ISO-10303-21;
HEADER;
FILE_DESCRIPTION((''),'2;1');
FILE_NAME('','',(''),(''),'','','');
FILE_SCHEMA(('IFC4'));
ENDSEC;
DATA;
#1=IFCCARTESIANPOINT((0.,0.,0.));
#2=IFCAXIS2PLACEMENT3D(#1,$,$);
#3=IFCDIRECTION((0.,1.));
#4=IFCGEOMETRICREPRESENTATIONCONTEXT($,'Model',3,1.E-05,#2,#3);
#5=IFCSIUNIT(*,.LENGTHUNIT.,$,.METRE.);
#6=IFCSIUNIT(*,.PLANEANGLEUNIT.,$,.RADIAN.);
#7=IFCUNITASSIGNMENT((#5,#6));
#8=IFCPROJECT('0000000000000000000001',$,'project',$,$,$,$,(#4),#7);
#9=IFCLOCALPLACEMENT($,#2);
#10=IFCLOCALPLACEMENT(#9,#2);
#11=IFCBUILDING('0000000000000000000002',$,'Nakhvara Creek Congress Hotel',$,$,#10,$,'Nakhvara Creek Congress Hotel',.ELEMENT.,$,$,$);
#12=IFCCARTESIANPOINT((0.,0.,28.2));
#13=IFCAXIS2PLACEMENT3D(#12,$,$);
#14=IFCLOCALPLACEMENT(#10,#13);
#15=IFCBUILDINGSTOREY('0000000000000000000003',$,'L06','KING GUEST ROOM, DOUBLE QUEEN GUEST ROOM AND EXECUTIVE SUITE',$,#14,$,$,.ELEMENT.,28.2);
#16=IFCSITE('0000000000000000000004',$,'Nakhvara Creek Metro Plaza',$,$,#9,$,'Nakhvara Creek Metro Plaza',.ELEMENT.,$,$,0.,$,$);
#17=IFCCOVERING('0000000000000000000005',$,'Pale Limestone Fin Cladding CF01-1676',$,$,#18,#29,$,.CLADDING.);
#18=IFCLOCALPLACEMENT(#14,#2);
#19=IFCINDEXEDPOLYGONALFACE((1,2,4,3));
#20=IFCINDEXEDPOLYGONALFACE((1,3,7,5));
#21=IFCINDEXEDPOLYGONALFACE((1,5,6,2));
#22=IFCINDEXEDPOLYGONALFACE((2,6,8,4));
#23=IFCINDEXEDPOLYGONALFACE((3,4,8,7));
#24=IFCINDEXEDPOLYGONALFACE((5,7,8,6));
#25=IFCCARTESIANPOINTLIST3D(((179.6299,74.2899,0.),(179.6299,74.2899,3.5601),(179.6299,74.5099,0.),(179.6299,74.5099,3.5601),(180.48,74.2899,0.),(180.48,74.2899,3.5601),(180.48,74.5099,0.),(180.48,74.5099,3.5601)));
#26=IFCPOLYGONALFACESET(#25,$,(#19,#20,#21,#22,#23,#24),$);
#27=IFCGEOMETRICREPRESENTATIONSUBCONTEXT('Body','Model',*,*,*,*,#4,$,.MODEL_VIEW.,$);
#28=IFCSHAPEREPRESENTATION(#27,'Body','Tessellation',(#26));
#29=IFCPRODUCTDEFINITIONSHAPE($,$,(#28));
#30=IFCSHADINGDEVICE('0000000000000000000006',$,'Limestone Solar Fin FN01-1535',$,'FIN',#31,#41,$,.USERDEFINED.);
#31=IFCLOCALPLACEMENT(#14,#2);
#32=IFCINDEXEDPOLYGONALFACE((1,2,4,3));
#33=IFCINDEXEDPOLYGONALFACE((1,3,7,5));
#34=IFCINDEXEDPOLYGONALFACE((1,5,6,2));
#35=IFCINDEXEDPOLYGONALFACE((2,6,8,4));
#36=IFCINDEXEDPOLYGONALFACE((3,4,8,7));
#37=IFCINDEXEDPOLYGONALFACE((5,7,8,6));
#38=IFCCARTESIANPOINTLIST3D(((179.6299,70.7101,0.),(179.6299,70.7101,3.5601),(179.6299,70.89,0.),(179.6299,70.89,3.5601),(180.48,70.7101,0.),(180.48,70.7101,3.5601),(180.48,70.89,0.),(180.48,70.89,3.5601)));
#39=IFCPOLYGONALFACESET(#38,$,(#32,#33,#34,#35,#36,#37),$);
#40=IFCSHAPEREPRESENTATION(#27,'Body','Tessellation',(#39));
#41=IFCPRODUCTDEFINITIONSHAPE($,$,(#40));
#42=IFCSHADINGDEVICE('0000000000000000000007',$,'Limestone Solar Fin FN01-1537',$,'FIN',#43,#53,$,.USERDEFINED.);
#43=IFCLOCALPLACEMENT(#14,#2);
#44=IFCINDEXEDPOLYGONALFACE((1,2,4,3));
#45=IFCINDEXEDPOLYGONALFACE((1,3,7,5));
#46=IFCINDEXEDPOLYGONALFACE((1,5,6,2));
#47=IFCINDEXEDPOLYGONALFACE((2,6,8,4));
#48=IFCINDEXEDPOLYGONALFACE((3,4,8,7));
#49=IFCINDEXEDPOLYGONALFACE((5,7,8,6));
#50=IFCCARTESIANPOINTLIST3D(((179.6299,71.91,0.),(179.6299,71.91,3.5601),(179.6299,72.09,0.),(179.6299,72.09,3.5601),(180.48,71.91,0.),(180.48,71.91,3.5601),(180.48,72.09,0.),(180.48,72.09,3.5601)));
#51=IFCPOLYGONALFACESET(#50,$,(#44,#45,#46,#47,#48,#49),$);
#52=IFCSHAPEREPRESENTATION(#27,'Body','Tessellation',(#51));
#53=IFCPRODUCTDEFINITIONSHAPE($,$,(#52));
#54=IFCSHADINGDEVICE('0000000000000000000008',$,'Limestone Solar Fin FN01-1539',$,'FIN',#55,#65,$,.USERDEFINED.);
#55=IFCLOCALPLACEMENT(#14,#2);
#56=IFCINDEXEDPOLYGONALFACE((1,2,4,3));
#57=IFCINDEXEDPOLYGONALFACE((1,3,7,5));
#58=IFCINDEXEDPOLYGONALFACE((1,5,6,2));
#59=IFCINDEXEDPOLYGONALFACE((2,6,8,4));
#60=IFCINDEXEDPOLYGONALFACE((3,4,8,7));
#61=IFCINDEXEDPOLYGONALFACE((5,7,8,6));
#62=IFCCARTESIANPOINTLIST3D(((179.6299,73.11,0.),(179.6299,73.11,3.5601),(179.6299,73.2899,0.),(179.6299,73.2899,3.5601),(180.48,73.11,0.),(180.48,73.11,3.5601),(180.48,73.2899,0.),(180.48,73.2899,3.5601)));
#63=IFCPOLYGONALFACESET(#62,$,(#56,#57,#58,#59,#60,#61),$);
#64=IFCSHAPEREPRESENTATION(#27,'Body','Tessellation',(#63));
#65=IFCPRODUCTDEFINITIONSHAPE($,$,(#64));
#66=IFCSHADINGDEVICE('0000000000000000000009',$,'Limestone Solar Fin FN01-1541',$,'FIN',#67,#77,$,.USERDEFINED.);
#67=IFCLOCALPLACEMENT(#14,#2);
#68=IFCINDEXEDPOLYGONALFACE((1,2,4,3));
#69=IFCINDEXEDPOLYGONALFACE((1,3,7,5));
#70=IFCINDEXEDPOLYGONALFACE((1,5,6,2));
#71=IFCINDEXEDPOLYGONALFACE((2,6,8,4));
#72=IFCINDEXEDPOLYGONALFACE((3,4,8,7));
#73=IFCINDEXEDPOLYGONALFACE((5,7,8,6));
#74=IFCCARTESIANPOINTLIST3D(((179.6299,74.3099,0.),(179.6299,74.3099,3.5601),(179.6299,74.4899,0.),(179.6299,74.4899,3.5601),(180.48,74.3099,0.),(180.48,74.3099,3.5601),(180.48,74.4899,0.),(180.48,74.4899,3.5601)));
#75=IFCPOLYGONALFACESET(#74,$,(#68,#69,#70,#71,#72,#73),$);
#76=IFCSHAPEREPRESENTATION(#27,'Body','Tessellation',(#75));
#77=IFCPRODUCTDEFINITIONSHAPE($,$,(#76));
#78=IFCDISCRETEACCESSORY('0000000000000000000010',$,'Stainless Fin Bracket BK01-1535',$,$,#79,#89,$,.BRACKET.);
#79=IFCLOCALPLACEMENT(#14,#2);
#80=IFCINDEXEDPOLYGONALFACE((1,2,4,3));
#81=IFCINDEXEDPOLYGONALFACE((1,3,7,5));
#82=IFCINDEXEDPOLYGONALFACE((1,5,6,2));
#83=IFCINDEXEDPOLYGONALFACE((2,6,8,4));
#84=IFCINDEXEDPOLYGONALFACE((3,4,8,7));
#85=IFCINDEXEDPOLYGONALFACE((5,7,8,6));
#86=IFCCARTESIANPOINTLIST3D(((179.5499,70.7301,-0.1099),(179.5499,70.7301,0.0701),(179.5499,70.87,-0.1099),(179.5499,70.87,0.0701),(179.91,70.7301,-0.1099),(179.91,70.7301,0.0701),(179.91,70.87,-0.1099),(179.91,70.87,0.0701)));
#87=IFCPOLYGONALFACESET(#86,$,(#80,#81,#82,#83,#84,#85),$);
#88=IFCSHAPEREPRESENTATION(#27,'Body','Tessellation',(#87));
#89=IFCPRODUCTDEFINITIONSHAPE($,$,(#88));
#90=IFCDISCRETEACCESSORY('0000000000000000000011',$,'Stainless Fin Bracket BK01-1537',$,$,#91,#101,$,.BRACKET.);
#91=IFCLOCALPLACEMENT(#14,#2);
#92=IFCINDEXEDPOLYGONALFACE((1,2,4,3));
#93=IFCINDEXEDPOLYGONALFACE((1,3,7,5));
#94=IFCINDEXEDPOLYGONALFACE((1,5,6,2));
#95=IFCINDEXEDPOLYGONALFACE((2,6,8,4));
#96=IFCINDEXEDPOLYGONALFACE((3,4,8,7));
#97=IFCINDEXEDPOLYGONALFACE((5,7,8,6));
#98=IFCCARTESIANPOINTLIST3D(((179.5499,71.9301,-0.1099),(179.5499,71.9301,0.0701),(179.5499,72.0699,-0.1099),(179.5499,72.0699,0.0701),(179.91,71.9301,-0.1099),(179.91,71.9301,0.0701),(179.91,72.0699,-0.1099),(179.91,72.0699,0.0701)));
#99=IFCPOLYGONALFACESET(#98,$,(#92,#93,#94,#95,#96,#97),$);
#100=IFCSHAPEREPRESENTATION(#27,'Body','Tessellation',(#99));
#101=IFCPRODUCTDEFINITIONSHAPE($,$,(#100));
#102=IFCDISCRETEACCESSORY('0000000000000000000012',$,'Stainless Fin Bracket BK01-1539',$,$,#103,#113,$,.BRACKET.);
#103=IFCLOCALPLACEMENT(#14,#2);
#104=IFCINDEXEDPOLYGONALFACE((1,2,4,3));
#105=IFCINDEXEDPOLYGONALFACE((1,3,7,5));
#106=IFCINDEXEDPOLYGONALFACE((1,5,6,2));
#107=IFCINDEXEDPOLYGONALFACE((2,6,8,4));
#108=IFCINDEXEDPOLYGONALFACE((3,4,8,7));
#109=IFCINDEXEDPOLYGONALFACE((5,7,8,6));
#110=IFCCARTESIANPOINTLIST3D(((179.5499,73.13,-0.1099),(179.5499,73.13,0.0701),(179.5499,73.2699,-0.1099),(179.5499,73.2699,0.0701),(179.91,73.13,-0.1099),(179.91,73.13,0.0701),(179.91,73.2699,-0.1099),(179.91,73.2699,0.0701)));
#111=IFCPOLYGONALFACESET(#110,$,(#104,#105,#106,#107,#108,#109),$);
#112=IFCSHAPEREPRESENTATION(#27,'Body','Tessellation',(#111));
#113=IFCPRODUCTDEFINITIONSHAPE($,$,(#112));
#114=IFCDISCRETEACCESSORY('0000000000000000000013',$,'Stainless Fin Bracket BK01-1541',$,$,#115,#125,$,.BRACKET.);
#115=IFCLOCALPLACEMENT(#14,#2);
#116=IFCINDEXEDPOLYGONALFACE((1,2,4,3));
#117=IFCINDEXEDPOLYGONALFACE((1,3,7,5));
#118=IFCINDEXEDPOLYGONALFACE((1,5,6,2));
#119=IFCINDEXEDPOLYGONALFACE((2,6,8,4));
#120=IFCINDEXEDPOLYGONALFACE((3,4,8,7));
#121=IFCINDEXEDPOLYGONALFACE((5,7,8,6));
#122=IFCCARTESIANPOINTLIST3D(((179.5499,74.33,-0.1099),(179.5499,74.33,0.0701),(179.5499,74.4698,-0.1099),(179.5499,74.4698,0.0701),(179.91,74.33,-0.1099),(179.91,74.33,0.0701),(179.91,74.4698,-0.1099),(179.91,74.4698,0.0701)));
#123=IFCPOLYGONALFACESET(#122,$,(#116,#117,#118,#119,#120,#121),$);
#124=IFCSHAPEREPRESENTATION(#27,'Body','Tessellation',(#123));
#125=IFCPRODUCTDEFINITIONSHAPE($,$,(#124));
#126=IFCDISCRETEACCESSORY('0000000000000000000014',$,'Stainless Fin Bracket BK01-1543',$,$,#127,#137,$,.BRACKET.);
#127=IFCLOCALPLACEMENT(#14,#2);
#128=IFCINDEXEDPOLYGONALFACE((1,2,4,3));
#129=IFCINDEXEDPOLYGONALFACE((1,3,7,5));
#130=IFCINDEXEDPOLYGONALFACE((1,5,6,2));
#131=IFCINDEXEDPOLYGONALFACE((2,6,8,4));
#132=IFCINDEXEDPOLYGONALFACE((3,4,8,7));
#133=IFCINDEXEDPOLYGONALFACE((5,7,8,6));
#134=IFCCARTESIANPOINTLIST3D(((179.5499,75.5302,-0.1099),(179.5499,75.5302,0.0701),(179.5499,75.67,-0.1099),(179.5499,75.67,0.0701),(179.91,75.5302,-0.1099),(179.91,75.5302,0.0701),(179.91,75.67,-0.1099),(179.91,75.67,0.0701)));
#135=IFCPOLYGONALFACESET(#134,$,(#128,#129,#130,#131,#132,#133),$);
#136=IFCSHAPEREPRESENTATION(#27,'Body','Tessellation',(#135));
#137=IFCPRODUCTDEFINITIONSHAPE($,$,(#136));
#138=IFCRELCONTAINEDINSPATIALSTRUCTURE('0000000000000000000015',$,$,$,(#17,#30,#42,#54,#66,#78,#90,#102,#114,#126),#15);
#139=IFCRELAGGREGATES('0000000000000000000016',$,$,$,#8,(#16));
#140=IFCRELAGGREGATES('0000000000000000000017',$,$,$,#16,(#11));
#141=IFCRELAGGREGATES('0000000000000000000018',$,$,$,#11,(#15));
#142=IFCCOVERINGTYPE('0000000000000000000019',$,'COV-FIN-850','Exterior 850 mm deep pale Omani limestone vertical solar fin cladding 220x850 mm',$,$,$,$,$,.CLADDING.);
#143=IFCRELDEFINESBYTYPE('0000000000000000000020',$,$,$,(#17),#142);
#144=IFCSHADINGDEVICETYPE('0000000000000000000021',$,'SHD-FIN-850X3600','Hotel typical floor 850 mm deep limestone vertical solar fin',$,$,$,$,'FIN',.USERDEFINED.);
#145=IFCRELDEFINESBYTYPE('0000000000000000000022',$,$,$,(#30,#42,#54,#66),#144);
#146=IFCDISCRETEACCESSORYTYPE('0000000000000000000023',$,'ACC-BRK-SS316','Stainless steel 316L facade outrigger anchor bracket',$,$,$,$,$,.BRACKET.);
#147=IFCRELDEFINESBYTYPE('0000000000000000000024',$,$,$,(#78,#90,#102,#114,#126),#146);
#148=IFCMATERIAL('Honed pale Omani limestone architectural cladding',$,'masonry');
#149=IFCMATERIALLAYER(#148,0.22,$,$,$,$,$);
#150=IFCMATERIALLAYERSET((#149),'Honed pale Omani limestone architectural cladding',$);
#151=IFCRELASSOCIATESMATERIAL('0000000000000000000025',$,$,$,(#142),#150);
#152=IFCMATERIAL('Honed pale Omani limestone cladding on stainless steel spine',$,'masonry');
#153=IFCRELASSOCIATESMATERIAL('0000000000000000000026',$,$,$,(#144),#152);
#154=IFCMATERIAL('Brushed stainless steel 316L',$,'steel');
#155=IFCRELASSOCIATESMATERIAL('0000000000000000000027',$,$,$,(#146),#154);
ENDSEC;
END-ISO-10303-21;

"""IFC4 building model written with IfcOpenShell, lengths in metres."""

from ifc_helpers import new_model, si_unit, direction, frame, origin, origin_2d, place, context, subcontext, project, spatial, rectangle, extrude, material, layer, layer_set, type_object, element, save


model = new_model("IFC4")

# Units and contexts
model_context = context("Model", 3, precision=1e-05, world=origin(), true_north=direction((0.0, 1.0)))
body_context = subcontext(model_context, "Body", "Model", "MODEL_VIEW")
ifc_project = project(units=[si_unit("LENGTHUNIT", "METRE"), si_unit("PLANEANGLEUNIT", "RADIAN")], contexts=[model_context])

# Site, building, storey
site_placement = place(None, origin())
site = spatial("IfcSite", under=ifc_project, at=site_placement, Name="Nakhvara Creek Metro Plaza", LongName="Nakhvara Creek Metro Plaza", CompositionType="ELEMENT", RefElevation=0.0)
building_placement = place(site_placement, origin())
building = spatial("IfcBuilding", under=site, at=building_placement, Name="Nakhvara Creek Congress Hotel", LongName="Nakhvara Creek Congress Hotel", CompositionType="ELEMENT")
storey_placement = place(building_placement, frame((0.0, 0.0, 28.2)))
storey = spatial("IfcBuildingStorey", under=building, at=storey_placement, Name="L06", Description="KING GUEST ROOM, DOUBLE QUEEN GUEST ROOM AND EXECUTIVE SUITE", CompositionType="ELEMENT", Elevation=28.2)

# Covering
ifc_material_1 = material(Name="Honed pale Omani limestone architectural cladding", Category="masonry")
ifc_layer_1 = layer(ifc_material_1, 0.22)
ifc_layer_set_1 = layer_set([ifc_layer_1], Name="Honed pale Omani limestone architectural cladding")
covering_type = type_object("IfcCoveringType", Name="COV-FIN-850", Description="Exterior 850 mm deep pale Omani limestone vertical solar fin cladding 220x850 mm", PredefinedType="CLADDING", material=ifc_layer_set_1)
for number, where, z_axis, x_axis, name in (
    (1, (180.0549, 74.3999, 0.0), (0.0, 0.0, 1.0), (0.0, 1.0, 0.0), "Pale Limestone Fin Cladding CF01-1676"),
):
    element("IfcCovering", number, at=place(storey_placement, frame(where, z_axis=z_axis, x_axis=x_axis)), inside=storey, type_object=covering_type, Name=name, PredefinedType="CLADDING", context=body_context, shape_type="SweptSolid", body=[
        extrude(rectangle(XDim=0.22, YDim=0.8501, at=origin_2d()), origin(), (0.0, 0.0, 1.0), 3.5601),
    ])

# Shading devices
ifc_material_2 = material(Name="Honed pale Omani limestone cladding on stainless steel spine", Category="masonry")
shading_device_type = type_object("IfcShadingDeviceType", Name="SHD-FIN-850X3600", Description="Hotel typical floor 850 mm deep limestone vertical solar fin", ElementType="FIN", PredefinedType="USERDEFINED", material=ifc_material_2)
for number, where, z_axis, x_axis, name in (
    (2, (180.0549, 70.8, 0.0), (0.0, 0.0, 1.0), (0.0, 1.0, 0.0), "Limestone Solar Fin FN01-1535"),
    (3, (180.0549, 72.0, 0.0), (0.0, 0.0, 1.0), (0.0, 1.0, 0.0), "Limestone Solar Fin FN01-1537"),
    (4, (180.0549, 73.2, 0.0), (0.0, 0.0, 1.0), (0.0, 1.0, 0.0), "Limestone Solar Fin FN01-1539"),
    (5, (180.0549, 74.3999, 0.0), (0.0, 0.0, 1.0), (0.0, 1.0, 0.0), "Limestone Solar Fin FN01-1541"),
):
    element("IfcShadingDevice", number, at=place(storey_placement, frame(where, z_axis=z_axis, x_axis=x_axis)), inside=storey, type_object=shading_device_type, Name=name, ObjectType="FIN", PredefinedType="USERDEFINED", context=body_context, shape_type="SweptSolid", body=[
        extrude(rectangle(XDim=0.1799, YDim=0.8501, at=origin_2d()), origin(), (0.0, 0.0, 1.0), 3.5601),
    ])

# Discrete accessories
ifc_material_3 = material(Name="Brushed stainless steel 316L", Category="steel")
discrete_accessory_type = type_object("IfcDiscreteAccessoryType", Name="ACC-BRK-SS316", Description="Stainless steel 316L facade outrigger anchor bracket", PredefinedType="BRACKET", material=ifc_material_3)
for number, where, z_axis, x_axis, name in (
    (6, (179.73, 70.8, -0.1099), (0.0, 0.0, 1.0), (0.0, 1.0, 0.0), "Stainless Fin Bracket BK01-1535"),
    (7, (179.73, 72.0, -0.1099), (0.0, 0.0, 1.0), (0.0, 1.0, 0.0), "Stainless Fin Bracket BK01-1537"),
    (8, (179.73, 73.2, -0.1099), (0.0, 0.0, 1.0), (0.0, 1.0, 0.0), "Stainless Fin Bracket BK01-1539"),
    (9, (179.73, 74.3999, -0.1099), (0.0, 0.0, 1.0), (0.0, 1.0, 0.0), "Stainless Fin Bracket BK01-1541"),
    (10, (179.73, 75.6001, -0.1099), (0.0, 0.0, 1.0), (0.0, 1.0, 0.0), "Stainless Fin Bracket BK01-1543"),
):
    element("IfcDiscreteAccessory", number, at=place(storey_placement, frame(where, z_axis=z_axis, x_axis=x_axis)), inside=storey, type_object=discrete_accessory_type, Name=name, PredefinedType="BRACKET", context=body_context, shape_type="SweptSolid", body=[
        extrude(rectangle(XDim=0.1399, YDim=0.3601, at=origin_2d()), origin(), (0.0, 0.0, 1.0), 0.1799),
    ])

save(model, "model.ifc")
